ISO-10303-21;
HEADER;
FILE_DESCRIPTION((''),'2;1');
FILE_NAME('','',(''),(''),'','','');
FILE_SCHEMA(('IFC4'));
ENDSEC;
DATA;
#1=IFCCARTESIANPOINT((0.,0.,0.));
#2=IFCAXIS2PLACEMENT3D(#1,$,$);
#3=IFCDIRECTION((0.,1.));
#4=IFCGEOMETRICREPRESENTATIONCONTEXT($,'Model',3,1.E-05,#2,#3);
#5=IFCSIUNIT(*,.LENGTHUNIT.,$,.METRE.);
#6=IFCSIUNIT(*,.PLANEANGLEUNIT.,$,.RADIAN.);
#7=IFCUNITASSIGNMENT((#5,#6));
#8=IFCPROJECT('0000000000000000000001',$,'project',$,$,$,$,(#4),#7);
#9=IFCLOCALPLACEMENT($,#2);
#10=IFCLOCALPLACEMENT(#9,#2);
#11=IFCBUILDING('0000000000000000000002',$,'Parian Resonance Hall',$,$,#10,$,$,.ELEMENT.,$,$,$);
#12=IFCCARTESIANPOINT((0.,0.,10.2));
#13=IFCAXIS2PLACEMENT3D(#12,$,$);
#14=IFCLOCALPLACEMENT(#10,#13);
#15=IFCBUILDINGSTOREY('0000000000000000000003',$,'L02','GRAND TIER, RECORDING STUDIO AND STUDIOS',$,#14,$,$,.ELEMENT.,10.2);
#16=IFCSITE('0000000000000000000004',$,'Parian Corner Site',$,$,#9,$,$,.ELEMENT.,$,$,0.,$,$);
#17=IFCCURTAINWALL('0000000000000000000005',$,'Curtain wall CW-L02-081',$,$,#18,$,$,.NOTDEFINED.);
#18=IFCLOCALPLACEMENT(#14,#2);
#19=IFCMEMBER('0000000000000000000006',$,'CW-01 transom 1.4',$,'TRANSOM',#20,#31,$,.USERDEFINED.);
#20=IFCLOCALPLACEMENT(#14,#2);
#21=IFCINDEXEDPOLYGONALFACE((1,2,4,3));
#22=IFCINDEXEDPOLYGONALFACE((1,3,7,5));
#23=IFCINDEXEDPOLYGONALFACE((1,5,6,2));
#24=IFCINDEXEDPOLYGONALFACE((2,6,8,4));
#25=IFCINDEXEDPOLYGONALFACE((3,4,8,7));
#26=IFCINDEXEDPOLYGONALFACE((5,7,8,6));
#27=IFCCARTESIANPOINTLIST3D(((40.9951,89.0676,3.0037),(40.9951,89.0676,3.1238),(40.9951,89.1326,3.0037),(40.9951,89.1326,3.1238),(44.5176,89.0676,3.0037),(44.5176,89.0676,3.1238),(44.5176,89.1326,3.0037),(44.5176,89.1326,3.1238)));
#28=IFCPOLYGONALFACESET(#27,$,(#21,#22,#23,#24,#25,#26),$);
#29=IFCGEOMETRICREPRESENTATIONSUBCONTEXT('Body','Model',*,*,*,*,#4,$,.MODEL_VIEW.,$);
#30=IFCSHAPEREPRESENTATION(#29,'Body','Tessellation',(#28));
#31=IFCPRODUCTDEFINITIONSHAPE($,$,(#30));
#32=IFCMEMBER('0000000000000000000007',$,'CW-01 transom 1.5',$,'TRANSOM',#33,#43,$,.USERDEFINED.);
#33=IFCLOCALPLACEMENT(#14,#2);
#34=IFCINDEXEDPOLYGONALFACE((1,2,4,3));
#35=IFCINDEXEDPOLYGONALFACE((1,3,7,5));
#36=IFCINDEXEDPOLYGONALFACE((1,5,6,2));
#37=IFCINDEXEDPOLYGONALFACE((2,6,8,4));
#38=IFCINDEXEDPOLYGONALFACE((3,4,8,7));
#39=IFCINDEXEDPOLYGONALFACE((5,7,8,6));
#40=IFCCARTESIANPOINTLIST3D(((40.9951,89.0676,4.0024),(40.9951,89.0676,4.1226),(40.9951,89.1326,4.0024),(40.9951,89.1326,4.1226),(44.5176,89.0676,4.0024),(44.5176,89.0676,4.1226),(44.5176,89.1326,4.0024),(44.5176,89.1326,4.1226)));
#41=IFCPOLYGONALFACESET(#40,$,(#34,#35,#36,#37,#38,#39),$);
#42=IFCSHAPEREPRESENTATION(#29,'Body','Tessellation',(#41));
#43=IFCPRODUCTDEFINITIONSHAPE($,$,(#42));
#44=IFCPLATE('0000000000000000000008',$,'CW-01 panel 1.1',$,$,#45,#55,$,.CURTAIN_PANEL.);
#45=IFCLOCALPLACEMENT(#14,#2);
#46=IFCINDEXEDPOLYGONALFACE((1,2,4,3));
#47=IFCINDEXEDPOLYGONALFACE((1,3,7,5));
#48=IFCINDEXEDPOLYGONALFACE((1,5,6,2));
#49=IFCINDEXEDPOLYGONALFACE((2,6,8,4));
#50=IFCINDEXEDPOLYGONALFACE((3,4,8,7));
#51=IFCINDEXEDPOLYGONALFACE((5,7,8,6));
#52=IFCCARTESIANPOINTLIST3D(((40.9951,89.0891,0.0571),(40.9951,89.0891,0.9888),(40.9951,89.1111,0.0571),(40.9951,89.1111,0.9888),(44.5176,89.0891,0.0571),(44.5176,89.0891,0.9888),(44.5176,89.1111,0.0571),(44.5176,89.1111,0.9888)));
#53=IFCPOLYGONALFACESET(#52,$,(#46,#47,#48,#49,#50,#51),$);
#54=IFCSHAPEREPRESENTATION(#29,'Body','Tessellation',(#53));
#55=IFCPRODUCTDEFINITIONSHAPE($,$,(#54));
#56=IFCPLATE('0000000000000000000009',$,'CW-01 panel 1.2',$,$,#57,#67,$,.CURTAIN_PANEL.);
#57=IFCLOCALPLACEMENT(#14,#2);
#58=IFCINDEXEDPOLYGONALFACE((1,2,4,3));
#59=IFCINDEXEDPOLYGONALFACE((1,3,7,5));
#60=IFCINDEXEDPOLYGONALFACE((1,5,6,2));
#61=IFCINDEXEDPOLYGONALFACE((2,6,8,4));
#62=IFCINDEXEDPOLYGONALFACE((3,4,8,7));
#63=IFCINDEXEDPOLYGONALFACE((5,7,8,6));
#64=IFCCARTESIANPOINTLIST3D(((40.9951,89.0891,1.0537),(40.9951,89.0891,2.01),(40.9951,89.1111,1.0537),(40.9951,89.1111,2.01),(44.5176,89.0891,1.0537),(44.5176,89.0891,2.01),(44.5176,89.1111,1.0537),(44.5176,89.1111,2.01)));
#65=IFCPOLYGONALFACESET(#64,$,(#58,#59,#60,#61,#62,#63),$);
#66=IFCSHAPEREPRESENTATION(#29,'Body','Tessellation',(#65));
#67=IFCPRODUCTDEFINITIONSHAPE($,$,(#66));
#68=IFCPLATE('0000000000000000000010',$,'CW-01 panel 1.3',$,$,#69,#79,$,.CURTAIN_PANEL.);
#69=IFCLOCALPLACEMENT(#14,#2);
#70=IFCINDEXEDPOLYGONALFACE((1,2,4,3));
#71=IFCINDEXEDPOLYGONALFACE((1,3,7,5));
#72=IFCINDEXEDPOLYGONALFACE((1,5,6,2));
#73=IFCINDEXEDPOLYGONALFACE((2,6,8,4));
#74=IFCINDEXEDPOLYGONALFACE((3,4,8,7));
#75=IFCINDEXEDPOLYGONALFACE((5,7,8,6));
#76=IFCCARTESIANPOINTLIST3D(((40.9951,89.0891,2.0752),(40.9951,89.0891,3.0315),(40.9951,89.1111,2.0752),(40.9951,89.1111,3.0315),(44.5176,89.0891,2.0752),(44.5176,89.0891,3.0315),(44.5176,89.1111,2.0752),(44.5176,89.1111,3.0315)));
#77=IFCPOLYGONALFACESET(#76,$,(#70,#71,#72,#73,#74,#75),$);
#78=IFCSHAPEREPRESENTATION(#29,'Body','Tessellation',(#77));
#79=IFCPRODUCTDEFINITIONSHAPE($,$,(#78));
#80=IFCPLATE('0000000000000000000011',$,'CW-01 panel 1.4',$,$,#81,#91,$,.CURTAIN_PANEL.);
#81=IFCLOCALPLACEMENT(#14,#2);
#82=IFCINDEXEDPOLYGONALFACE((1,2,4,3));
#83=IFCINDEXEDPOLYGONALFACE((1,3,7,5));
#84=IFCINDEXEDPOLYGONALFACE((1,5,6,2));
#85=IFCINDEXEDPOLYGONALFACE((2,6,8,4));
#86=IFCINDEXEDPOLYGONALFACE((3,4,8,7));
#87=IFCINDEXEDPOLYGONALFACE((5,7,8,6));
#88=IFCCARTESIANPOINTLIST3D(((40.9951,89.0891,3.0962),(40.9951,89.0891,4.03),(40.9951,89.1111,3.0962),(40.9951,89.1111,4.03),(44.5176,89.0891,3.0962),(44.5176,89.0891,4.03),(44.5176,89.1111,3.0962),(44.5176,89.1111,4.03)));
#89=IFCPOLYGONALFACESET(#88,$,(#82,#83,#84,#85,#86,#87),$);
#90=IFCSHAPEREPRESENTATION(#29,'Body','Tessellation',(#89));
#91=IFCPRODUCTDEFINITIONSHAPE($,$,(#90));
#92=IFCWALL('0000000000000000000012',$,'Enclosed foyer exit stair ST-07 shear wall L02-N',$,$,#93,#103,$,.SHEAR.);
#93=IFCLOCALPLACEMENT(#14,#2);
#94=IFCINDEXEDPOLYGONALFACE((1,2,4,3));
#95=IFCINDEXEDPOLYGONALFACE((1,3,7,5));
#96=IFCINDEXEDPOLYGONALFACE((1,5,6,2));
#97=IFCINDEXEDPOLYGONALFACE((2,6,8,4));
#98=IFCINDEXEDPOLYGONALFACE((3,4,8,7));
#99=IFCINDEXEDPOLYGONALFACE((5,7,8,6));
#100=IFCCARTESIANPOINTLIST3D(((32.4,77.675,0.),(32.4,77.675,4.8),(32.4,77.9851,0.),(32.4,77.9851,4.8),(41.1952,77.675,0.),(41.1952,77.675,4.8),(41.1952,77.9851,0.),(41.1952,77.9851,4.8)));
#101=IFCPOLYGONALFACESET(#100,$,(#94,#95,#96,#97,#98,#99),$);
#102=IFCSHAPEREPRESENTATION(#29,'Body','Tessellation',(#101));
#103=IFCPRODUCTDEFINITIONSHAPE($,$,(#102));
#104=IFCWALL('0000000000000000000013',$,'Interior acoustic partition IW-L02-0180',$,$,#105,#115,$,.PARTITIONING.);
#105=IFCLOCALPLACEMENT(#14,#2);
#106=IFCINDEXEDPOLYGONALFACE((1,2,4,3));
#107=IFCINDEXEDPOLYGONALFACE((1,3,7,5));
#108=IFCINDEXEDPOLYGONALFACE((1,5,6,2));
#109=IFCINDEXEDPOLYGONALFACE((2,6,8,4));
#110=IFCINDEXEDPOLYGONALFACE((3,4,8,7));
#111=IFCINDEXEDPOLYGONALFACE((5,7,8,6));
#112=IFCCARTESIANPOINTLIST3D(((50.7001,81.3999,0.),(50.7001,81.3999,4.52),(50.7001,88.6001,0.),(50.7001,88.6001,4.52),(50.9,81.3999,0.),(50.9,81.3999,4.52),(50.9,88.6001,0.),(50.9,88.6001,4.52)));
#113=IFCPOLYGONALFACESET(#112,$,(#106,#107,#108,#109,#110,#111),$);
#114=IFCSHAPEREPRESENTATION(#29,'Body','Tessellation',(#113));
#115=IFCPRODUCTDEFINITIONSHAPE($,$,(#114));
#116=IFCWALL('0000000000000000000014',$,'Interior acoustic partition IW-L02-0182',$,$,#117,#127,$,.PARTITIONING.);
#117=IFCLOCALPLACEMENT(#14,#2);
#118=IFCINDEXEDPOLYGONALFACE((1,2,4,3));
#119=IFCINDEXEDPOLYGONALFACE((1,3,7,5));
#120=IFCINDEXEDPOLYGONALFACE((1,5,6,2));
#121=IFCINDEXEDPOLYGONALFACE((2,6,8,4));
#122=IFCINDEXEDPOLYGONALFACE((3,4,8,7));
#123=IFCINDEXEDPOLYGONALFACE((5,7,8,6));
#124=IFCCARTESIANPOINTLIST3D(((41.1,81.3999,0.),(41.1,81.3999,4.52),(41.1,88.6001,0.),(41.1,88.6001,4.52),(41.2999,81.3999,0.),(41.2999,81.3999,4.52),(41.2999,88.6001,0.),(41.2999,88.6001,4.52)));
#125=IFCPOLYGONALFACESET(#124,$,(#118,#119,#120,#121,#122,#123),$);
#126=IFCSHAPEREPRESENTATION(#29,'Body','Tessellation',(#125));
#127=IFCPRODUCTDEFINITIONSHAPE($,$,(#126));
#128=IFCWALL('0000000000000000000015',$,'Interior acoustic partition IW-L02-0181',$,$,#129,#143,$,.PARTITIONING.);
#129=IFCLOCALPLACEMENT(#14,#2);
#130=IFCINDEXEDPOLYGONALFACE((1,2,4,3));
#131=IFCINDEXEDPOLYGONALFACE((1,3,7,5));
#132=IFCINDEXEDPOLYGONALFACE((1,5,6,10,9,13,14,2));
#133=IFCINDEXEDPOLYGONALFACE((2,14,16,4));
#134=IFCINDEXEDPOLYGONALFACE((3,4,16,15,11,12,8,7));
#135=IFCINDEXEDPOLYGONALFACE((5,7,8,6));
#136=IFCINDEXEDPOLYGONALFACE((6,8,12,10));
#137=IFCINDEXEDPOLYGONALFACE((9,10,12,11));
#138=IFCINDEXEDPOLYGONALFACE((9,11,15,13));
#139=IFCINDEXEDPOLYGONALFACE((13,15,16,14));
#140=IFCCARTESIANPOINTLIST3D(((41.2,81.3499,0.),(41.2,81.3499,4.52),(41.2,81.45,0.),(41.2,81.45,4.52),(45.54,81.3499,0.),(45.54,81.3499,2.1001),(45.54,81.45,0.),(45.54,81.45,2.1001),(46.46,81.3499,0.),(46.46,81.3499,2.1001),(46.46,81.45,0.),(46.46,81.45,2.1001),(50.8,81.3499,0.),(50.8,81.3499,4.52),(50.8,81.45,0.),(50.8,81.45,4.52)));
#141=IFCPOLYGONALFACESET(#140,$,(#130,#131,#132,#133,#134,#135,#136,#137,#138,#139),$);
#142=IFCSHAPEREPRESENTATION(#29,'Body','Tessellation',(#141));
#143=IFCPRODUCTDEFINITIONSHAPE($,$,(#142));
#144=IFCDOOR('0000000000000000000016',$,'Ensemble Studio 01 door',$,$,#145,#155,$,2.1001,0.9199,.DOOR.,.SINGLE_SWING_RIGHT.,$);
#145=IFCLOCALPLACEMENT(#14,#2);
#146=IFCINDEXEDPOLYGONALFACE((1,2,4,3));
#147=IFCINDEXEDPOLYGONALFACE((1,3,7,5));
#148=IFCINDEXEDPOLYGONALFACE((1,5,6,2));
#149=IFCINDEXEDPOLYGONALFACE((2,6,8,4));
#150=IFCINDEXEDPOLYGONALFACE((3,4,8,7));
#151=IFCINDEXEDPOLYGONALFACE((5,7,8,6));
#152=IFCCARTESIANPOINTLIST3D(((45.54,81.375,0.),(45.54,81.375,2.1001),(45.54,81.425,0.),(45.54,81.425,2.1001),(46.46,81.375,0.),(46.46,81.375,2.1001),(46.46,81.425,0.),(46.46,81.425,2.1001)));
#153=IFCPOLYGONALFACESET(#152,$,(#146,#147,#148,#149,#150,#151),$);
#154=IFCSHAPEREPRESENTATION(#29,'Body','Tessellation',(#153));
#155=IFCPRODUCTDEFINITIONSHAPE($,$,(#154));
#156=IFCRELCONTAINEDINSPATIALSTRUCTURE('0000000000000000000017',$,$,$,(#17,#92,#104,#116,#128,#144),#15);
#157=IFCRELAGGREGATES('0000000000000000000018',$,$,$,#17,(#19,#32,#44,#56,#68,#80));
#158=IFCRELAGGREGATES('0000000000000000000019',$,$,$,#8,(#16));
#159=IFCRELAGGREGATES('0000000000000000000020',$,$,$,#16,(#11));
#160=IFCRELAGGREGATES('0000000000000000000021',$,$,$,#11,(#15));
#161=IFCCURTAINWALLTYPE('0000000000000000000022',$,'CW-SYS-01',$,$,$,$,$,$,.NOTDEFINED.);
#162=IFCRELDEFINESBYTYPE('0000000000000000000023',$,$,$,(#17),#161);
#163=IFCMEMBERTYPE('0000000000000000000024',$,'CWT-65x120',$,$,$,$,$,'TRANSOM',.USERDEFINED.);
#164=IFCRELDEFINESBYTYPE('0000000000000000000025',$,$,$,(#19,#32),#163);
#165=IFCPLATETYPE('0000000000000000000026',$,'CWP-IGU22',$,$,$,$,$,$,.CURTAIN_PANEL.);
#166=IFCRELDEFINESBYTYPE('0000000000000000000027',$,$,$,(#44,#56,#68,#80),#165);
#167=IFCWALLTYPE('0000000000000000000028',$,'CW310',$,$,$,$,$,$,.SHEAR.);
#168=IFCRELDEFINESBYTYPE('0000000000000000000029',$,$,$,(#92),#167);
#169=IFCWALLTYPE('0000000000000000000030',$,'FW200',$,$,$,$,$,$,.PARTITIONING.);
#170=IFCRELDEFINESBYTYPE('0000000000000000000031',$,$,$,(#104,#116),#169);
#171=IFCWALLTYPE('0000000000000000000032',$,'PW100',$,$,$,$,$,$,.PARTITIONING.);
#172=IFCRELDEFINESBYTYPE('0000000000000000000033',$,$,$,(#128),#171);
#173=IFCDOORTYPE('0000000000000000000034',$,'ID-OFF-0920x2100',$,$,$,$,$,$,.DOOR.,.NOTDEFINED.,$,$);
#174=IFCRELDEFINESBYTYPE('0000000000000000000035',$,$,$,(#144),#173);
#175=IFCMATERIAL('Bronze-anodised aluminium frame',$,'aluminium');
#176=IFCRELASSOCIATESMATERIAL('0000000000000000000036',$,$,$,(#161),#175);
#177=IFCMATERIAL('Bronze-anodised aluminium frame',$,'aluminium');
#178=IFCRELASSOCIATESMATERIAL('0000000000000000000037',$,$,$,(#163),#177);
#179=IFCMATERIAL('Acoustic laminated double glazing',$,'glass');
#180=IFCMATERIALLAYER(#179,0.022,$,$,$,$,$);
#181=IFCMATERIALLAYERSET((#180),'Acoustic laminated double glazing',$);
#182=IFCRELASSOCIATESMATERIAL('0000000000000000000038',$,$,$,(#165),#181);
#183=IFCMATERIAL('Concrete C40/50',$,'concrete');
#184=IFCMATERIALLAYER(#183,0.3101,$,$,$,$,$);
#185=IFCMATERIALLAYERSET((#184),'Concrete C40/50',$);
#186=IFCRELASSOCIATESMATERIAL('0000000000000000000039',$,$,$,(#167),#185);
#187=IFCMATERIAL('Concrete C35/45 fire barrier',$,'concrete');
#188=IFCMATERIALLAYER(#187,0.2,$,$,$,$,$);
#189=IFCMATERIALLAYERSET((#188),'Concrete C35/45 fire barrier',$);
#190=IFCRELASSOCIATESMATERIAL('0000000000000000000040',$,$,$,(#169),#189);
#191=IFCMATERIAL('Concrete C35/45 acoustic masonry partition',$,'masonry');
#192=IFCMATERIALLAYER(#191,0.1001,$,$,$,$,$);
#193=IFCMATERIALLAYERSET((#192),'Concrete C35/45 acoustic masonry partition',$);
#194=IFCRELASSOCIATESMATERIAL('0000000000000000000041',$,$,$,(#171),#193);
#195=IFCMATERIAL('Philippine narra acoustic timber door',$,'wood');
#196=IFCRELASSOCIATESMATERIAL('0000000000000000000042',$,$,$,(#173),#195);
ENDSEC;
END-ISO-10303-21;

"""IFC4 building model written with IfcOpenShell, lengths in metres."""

from ifc_helpers import new_model, si_unit, direction, frame, frame_2d, origin, origin_2d, place, context, subcontext, project, spatial, rectangle, extrude, material, layer, layer_set, material_profile, profile_set, type_object, element, fill, aggregate, save


model = new_model("IFC4")

# Units and contexts
model_context = context("Model", 3, precision=1e-05, world=origin(), true_north=direction((0.0, 1.0)))
body_context = subcontext(model_context, "Body", "Model", "MODEL_VIEW")
ifc_project = project(units=[si_unit("LENGTHUNIT", "METRE"), si_unit("PLANEANGLEUNIT", "RADIAN")], contexts=[model_context])

# Site, building, storey
site_placement = place(None, origin())
site = spatial("IfcSite", under=ifc_project, at=site_placement, Name="Parian Corner Site", CompositionType="ELEMENT", RefElevation=0.0)
building_placement = place(site_placement, origin())
building = spatial("IfcBuilding", under=site, at=building_placement, Name="Parian Resonance Hall", CompositionType="ELEMENT")
storey_placement = place(building_placement, frame((0.0, 0.0, 10.2)))
storey = spatial("IfcBuildingStorey", under=building, at=storey_placement, Name="L02", Description="GRAND TIER, RECORDING STUDIO AND STUDIOS", CompositionType="ELEMENT", Elevation=10.2)

# Curtain wall
ifc_material_1 = material(Name="Bronze-anodised aluminium frame", Category="aluminium")
curtain_wall_type_1 = type_object("IfcCurtainWallType", Name="CW-SYS-01", PredefinedType="NOTDEFINED", material=ifc_material_1)
curtain_wall_1_placement = place(storey_placement, origin())
curtain_wall_1 = element("IfcCurtainWall", 1, at=curtain_wall_1_placement, inside=storey, type_object=curtain_wall_type_1, Name="Curtain wall CW-L02-081", PredefinedType="NOTDEFINED")

# Members
ifc_material_2 = material(Name="Bronze-anodised aluminium frame", Category="aluminium")
ifc_material_profile_1 = material_profile(ifc_material_2, rectangle(XDim=0.0649, YDim=0.1201, at=origin_2d()), Name="CWT-65x120")
ifc_profile_set_1 = profile_set([ifc_material_profile_1], Name="Bronze-anodised aluminium frame")
member_type_1 = type_object("IfcMemberType", Name="CWT-65x120", ElementType="TRANSOM", PredefinedType="USERDEFINED", material=ifc_profile_set_1)
member_1_placement = place(storey_placement, frame((40.9951, 89.1001, 3.0637), z_axis=(1.0, 0.0, 0.0), x_axis=(0.0, 1.0, 0.0)))
member_1 = element("IfcMember", 2, at=member_1_placement, type_object=member_type_1, Name="CW-01 transom 1.4", ObjectType="TRANSOM", PredefinedType="USERDEFINED", context=body_context, shape_type="SweptSolid", body=[
    extrude(rectangle(XDim=0.0649, YDim=0.1201, at=origin_2d()), origin(), (0.0, 0.0, 1.0), 3.5225),
])
member_2_placement = place(storey_placement, frame((40.9951, 89.1001, 4.0625), z_axis=(1.0, 0.0, 0.0), x_axis=(0.0, 1.0, 0.0)))
member_2 = element("IfcMember", 3, at=member_2_placement, type_object=member_type_1, Name="CW-01 transom 1.5", ObjectType="TRANSOM", PredefinedType="USERDEFINED", context=body_context, shape_type="SweptSolid", body=[
    extrude(rectangle(XDim=0.0649, YDim=0.1201, at=origin_2d()), origin(), (0.0, 0.0, 1.0), 3.5225),
])

# Plates
ifc_material_3 = material(Name="Acoustic laminated double glazing", Category="glass")
ifc_layer_1 = layer(ifc_material_3, 0.022)
ifc_layer_set_1 = layer_set([ifc_layer_1], Name="Acoustic laminated double glazing")
plate_type = type_object("IfcPlateType", Name="CWP-IGU22", PredefinedType="CURTAIN_PANEL", material=ifc_layer_set_1)
plate_1_placement = place(storey_placement, frame((42.7563, 89.1001, 0.0571), z_axis=(0.0, 0.0, 1.0), x_axis=(1.0, 0.0, 0.0)))
plate_1 = element("IfcPlate", 4, at=plate_1_placement, type_object=plate_type, Name="CW-01 panel 1.1", PredefinedType="CURTAIN_PANEL", context=body_context, shape_type="SweptSolid", body=[
    extrude(rectangle(XDim=3.5225, YDim=0.022, at=origin_2d()), origin(), (0.0, 0.0, 1.0), 0.9316),
])
plate_2_placement = place(storey_placement, frame((42.7563, 89.1001, 1.0537), z_axis=(0.0, 0.0, 1.0), x_axis=(1.0, 0.0, 0.0)))
plate_2 = element("IfcPlate", 5, at=plate_2_placement, type_object=plate_type, Name="CW-01 panel 1.2", PredefinedType="CURTAIN_PANEL", context=body_context, shape_type="SweptSolid", body=[
    extrude(rectangle(XDim=3.5225, YDim=0.022, at=origin_2d()), origin(), (0.0, 0.0, 1.0), 0.9563),
])
plate_3_placement = place(storey_placement, frame((42.7563, 89.1001, 2.0752), z_axis=(0.0, 0.0, 1.0), x_axis=(1.0, 0.0, 0.0)))
plate_3 = element("IfcPlate", 6, at=plate_3_placement, type_object=plate_type, Name="CW-01 panel 1.3", PredefinedType="CURTAIN_PANEL", context=body_context, shape_type="SweptSolid", body=[
    extrude(rectangle(XDim=3.5225, YDim=0.022, at=origin_2d()), origin(), (0.0, 0.0, 1.0), 0.9563),
])
plate_4_placement = place(storey_placement, frame((42.7563, 89.1001, 3.0962), z_axis=(0.0, 0.0, 1.0), x_axis=(1.0, 0.0, 0.0)))
plate_4 = element("IfcPlate", 7, at=plate_4_placement, type_object=plate_type, Name="CW-01 panel 1.4", PredefinedType="CURTAIN_PANEL", context=body_context, shape_type="SweptSolid", body=[
    extrude(rectangle(XDim=3.5225, YDim=0.022, at=origin_2d()), origin(), (0.0, 0.0, 1.0), 0.9338),
])
aggregate(curtain_wall_1, [member_1, member_2, plate_1, plate_2, plate_3, plate_4])

# Walls
ifc_material_4 = material(Name="Concrete C40/50", Category="concrete")
ifc_layer_2 = layer(ifc_material_4, 0.3101)
ifc_layer_set_2 = layer_set([ifc_layer_2], Name="Concrete C40/50")
wall_type_1 = type_object("IfcWallType", Name="CW310", PredefinedType="SHEAR", material=ifc_layer_set_2)
wall_1_placement = place(storey_placement, frame((41.1951, 77.8301, 0.0), z_axis=(0.0, 0.0, 1.0), x_axis=(-1.0, 0.0, 0.0)))
element("IfcWall", 8, at=wall_1_placement, inside=storey, type_object=wall_type_1, Name="Enclosed foyer exit stair ST-07 shear wall L02-N", PredefinedType="SHEAR", context=body_context, shape_type="SweptSolid", body=[
    extrude(rectangle(XDim=8.7952, YDim=0.3101, at=frame_2d((4.3975, 0.0))), origin(), (0.0, 0.0, 1.0), 4.8),
])
ifc_material_5 = material(Name="Concrete C35/45 fire barrier", Category="concrete")
ifc_layer_3 = layer(ifc_material_5, 0.2)
ifc_layer_set_3 = layer_set([ifc_layer_3], Name="Concrete C35/45 fire barrier")
wall_type_2 = type_object("IfcWallType", Name="FW200", PredefinedType="PARTITIONING", material=ifc_layer_set_3)
for number, where, z_axis, x_axis, name in (
    (9, (50.8, 88.6001, 0.0), (0.0, 0.0, 1.0), (0.0, -1.0, 0.0), "Interior acoustic partition IW-L02-0180"),
    (10, (41.2, 81.3999, 0.0), (0.0, 0.0, 1.0), (0.0, 1.0, 0.0), "Interior acoustic partition IW-L02-0182"),
):
    element("IfcWall", number, at=place(storey_placement, frame(where, z_axis=z_axis, x_axis=x_axis)), inside=storey, type_object=wall_type_2, Name=name, PredefinedType="PARTITIONING", context=body_context, shape_type="SweptSolid", body=[
        extrude(rectangle(XDim=7.2002, YDim=0.2, at=frame_2d((3.6001, 0.0))), origin(), (0.0, 0.0, 1.0), 4.52),
    ])

# Wall, opening, door
ifc_material_6 = material(Name="Concrete C35/45 acoustic masonry partition", Category="masonry")
ifc_layer_4 = layer(ifc_material_6, 0.1001)
ifc_layer_set_4 = layer_set([ifc_layer_4], Name="Concrete C35/45 acoustic masonry partition")
wall_type_3 = type_object("IfcWallType", Name="PW100", PredefinedType="PARTITIONING", material=ifc_layer_set_4)
wall_2_placement = place(storey_placement, frame((50.8, 81.3999, 0.0), z_axis=(0.0, 0.0, 1.0), x_axis=(-1.0, 0.0, 0.0)))
wall_2 = element("IfcWall", 11, at=wall_2_placement, inside=storey, type_object=wall_type_3, Name="Interior acoustic partition IW-L02-0181", PredefinedType="PARTITIONING", context=body_context, shape_type="SweptSolid", body=[
    extrude(rectangle(XDim=9.6001, YDim=0.1001, at=frame_2d((4.8, 0.0))), origin(), (0.0, 0.0, 1.0), 4.52),
])
opening_placement = place(wall_2_placement, frame((4.3401, 0.0, 0.0)))
opening = element("IfcOpeningElement", 12, at=opening_placement, cuts=wall_2, PredefinedType="OPENING", context=body_context, shape_type="SweptSolid", body=[
    extrude(rectangle(XDim=0.9199, YDim=2.1001, at=frame_2d((0.46, 1.05))), frame((0.0, 0.0601, 0.0), z_axis=(0.0, -1.0, 0.0), x_axis=(1.0, 0.0, 0.0)), (0.0, 0.0, 1.0), 0.1201),
])
ifc_material_7 = material(Name="Philippine narra acoustic timber door", Category="wood")
door_type = type_object("IfcDoorType", Name="ID-OFF-0920x2100", OperationType="NOTDEFINED", PredefinedType="DOOR", material=ifc_material_7)
door_placement = place(opening_placement, origin())
door = element("IfcDoor", 13, at=door_placement, inside=storey, type_object=door_type, Name="Ensemble Studio 01 door", OperationType="SINGLE_SWING_RIGHT", OverallHeight=2.1001, OverallWidth=0.9199, PredefinedType="DOOR", context=body_context, shape_type="SweptSolid", body=[
    extrude(rectangle(XDim=0.9199, YDim=2.1001, at=frame_2d((0.46, 1.05))), frame((0.0, 0.0249, 0.0), z_axis=(0.0, -1.0, 0.0), x_axis=(1.0, 0.0, 0.0)), (0.0, 0.0, 1.0), 0.05),
])
fill(opening, door)

save(model, "model.ifc")
